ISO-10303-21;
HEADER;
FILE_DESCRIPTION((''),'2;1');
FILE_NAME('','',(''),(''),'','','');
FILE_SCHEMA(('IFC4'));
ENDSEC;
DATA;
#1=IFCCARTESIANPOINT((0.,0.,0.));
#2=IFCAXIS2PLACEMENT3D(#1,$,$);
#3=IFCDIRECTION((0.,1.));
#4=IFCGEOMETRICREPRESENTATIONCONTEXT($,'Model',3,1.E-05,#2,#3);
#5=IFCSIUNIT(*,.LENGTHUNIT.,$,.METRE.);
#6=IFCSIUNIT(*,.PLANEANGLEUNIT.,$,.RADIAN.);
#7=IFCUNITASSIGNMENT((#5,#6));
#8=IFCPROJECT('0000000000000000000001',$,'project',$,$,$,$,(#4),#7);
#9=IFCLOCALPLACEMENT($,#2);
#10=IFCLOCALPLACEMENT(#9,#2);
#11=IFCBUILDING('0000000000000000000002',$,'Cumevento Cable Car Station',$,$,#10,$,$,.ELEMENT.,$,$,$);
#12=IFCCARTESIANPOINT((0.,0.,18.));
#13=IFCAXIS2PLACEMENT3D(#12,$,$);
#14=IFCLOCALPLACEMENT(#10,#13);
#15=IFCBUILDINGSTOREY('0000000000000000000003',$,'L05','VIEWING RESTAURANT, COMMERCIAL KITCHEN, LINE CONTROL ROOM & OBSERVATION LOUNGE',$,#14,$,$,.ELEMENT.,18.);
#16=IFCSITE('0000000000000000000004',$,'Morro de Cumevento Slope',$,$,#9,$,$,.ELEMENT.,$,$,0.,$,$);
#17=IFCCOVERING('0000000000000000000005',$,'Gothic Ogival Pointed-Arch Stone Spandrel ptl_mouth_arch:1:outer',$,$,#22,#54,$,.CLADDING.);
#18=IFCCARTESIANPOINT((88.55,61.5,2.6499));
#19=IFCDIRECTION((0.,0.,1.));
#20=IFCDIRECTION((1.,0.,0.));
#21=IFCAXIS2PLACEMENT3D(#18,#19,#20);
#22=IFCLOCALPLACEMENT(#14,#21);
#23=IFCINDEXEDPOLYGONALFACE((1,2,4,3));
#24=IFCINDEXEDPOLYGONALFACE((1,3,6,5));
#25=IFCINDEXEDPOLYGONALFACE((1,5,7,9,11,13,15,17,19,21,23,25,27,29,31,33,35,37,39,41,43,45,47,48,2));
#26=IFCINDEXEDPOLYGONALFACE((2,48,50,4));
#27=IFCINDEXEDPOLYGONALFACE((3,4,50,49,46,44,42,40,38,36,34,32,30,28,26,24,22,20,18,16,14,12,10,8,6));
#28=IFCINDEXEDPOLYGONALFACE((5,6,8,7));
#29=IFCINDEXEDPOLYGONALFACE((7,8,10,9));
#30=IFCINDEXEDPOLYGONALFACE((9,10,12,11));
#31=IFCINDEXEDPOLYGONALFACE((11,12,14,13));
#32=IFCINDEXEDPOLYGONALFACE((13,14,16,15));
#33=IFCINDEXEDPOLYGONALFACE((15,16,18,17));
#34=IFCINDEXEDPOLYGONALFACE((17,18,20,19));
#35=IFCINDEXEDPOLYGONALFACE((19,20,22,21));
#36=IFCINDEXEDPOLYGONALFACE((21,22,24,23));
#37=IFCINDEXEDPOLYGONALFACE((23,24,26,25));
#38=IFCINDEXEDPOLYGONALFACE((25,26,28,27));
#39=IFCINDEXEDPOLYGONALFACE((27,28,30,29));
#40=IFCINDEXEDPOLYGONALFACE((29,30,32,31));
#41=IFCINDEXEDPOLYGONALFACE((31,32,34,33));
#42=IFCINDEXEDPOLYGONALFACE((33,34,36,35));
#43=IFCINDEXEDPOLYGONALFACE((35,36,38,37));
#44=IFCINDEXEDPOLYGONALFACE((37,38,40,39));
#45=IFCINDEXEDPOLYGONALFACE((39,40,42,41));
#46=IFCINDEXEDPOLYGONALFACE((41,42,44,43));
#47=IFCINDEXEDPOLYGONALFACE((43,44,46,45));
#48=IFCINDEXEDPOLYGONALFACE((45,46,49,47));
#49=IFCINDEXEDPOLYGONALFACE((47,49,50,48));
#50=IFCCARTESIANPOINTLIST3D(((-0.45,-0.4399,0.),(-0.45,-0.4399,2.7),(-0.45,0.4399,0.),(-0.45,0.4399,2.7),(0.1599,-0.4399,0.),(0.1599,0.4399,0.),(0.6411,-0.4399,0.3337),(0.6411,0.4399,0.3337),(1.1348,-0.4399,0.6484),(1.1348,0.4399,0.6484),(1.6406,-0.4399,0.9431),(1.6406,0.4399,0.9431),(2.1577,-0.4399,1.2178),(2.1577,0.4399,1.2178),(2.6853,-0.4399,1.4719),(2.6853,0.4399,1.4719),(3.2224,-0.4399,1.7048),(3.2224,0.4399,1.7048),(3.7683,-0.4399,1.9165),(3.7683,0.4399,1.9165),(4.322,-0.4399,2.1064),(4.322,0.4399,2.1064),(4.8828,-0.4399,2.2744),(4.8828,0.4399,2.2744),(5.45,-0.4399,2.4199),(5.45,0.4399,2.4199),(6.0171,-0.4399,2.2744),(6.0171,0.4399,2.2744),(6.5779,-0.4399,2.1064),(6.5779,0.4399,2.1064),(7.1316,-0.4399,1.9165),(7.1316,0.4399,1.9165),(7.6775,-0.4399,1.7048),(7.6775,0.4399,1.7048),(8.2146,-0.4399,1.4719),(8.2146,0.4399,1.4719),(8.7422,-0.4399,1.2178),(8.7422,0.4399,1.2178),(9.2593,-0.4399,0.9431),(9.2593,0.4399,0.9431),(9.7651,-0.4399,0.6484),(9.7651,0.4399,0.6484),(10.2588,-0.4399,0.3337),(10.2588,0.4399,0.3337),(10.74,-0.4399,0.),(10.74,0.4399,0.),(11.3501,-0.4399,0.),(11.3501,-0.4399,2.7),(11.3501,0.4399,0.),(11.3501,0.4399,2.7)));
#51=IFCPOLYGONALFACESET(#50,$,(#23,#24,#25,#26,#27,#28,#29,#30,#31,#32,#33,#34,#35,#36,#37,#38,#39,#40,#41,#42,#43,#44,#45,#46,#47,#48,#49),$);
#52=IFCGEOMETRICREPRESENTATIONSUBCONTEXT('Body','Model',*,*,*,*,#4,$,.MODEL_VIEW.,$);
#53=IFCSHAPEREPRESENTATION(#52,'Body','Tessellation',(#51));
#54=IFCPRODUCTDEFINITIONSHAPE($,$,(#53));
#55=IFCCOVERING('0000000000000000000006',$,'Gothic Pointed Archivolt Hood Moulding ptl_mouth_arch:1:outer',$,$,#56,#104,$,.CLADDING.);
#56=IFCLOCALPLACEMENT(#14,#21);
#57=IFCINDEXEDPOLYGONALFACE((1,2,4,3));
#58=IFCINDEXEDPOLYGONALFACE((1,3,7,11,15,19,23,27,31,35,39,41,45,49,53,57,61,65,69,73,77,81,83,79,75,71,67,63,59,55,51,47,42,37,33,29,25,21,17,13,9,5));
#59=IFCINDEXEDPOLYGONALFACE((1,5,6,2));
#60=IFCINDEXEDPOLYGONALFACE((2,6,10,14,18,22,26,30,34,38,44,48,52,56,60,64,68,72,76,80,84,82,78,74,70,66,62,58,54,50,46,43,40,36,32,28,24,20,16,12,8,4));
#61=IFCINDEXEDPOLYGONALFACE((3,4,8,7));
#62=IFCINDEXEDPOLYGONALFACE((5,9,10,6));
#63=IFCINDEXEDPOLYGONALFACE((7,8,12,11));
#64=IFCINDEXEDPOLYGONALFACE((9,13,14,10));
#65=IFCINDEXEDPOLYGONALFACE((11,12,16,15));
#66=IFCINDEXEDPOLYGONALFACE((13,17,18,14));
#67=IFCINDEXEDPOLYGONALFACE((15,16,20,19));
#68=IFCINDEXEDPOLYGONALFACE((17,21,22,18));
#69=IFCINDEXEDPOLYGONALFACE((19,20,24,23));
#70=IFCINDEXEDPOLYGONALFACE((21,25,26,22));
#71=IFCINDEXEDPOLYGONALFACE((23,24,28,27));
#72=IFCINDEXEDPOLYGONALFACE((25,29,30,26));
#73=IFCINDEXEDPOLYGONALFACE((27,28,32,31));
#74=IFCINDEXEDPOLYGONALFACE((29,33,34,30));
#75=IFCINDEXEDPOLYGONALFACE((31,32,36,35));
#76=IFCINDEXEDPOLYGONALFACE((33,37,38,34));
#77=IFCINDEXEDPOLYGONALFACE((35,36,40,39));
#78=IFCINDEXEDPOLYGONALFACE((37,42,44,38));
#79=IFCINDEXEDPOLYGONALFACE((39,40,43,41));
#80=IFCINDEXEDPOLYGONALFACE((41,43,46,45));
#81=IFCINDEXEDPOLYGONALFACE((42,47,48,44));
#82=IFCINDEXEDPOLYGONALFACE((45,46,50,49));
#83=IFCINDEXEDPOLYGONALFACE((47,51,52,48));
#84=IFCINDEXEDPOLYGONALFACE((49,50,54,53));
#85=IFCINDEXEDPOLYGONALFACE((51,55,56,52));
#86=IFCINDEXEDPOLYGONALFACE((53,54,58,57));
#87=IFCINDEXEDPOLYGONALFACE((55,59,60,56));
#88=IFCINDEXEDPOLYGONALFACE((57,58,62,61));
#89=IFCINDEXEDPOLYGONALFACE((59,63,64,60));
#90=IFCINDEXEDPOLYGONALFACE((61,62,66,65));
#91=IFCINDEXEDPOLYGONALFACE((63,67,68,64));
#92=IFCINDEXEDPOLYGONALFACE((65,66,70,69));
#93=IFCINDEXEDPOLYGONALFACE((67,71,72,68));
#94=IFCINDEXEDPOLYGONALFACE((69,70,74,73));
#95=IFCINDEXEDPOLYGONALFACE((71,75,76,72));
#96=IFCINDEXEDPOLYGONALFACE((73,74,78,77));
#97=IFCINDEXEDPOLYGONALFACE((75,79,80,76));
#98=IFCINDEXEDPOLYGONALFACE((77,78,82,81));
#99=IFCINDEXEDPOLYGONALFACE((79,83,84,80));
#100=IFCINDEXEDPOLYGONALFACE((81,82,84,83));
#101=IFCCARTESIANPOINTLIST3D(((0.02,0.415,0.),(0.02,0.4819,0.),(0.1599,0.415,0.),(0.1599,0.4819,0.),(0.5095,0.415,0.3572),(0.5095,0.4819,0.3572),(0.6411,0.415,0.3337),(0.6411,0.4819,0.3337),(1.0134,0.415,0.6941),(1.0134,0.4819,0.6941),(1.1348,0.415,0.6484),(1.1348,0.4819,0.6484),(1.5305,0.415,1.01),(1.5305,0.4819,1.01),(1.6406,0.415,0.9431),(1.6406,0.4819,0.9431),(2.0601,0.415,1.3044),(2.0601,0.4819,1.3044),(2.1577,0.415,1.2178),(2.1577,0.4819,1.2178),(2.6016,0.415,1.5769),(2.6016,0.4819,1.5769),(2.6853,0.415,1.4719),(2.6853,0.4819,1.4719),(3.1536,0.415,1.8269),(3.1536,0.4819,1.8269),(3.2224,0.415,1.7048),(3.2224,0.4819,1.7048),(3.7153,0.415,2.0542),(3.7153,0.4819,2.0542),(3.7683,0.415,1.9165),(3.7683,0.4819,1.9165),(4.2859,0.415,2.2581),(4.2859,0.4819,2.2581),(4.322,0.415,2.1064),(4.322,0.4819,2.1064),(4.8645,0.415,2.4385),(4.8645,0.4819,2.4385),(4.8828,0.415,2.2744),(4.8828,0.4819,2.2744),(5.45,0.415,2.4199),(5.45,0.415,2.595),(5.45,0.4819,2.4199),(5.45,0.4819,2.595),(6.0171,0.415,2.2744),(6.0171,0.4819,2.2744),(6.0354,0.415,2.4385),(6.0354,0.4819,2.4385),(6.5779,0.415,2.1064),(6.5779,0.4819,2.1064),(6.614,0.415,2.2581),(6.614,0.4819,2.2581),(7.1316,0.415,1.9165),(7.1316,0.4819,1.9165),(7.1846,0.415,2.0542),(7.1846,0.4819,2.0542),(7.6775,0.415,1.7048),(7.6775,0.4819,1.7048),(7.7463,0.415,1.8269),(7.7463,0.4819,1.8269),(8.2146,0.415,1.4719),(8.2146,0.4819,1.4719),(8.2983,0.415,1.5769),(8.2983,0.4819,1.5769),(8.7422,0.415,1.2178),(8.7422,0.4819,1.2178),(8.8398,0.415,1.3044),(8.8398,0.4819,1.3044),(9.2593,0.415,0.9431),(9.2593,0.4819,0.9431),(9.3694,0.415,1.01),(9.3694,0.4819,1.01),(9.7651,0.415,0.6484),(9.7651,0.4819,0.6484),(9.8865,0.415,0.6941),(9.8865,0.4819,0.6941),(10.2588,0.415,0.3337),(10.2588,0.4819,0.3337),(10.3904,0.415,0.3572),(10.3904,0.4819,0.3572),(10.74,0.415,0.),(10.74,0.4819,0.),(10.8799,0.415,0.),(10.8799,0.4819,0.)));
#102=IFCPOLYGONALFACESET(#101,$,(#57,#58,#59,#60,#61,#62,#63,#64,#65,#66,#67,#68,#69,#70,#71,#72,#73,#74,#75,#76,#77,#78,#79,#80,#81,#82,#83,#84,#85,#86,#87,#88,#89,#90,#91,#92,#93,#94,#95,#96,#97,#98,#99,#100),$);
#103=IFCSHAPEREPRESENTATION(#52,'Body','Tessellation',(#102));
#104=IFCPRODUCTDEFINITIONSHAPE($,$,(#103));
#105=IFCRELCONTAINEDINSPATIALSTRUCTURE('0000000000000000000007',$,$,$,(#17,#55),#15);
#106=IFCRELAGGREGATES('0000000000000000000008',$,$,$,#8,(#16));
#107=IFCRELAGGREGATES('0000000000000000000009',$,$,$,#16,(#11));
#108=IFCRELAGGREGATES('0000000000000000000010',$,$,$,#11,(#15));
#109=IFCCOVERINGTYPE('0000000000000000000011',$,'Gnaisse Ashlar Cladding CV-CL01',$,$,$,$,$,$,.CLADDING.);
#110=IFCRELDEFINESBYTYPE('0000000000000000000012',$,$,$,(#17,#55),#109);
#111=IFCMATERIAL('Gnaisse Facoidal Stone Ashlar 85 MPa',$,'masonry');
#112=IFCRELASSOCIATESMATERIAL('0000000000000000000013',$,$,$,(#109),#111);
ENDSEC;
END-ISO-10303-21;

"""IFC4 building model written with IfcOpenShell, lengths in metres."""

from ifc_helpers import new_model, si_unit, direction, frame, origin, place, context, subcontext, project, spatial, polyline, outline, extrude, material, type_object, element, save


model = new_model("IFC4")

# Units and contexts
model_context = context("Model", 3, precision=1e-05, world=origin(), true_north=direction((0.0, 1.0)))
body_context = subcontext(model_context, "Body", "Model", "MODEL_VIEW")
ifc_project = project(units=[si_unit("LENGTHUNIT", "METRE"), si_unit("PLANEANGLEUNIT", "RADIAN")], contexts=[model_context])

# Site, building, storey
site_placement = place(None, origin())
site = spatial("IfcSite", under=ifc_project, at=site_placement, Name="Morro de Cumevento Slope", CompositionType="ELEMENT", RefElevation=0.0)
building_placement = place(site_placement, origin())
building = spatial("IfcBuilding", under=site, at=building_placement, Name="Cumevento Cable Car Station", CompositionType="ELEMENT")
storey_placement = place(building_placement, frame((0.0, 0.0, 18.0)))
storey = spatial("IfcBuildingStorey", under=building, at=storey_placement, Name="L05", Description="VIEWING RESTAURANT, COMMERCIAL KITCHEN, LINE CONTROL ROOM & OBSERVATION LOUNGE", CompositionType="ELEMENT", Elevation=18.0)

# Coverings
ifc_material_1 = material(Name="Gnaisse Facoidal Stone Ashlar 85 MPa", Category="masonry")
covering_type = type_object("IfcCoveringType", Name="Gnaisse Ashlar Cladding CV-CL01", PredefinedType="CLADDING", material=ifc_material_1)
covering_1_placement = place(storey_placement, frame((88.55, 61.5, 2.6499), z_axis=(0.0, 0.0, 1.0), x_axis=(1.0, 0.0, 0.0)))
element("IfcCovering", 1, at=covering_1_placement, inside=storey, type_object=covering_type, Name="Gothic Ogival Pointed-Arch Stone Spandrel ptl_mouth_arch:1:outer", PredefinedType="CLADDING", context=body_context, shape_type="SweptSolid", body=[
    extrude(outline(polyline([(-0.45, 0.0), (-0.45, 2.7), (11.3501, 2.7), (11.3501, 0.0), (10.74, 0.0), (10.2588, 0.3337), (9.7651, 0.6484), (9.2593, 0.9431), (8.7422, 1.2178), (8.2146, 1.4719), (7.6775, 1.7048), (7.1316, 1.9165), (6.5779, 2.1064), (6.0171, 2.2744), (5.45, 2.4199), (4.8828, 2.2744), (4.322, 2.1064), (3.7683, 1.9165), (3.2224, 1.7048), (2.6853, 1.4719), (2.1577, 1.2178), (1.6406, 0.9431), (1.1348, 0.6484), (0.6411, 0.3337), (0.1599, 0.0), (-0.45, 0.0)])), frame((0.0, 0.4399, 0.0), z_axis=(0.0, -1.0, 0.0), x_axis=(1.0, 0.0, 0.0)), (0.0, 0.0, 1.0), 0.8799),
])
covering_2_placement = place(storey_placement, frame((88.55, 61.5, 2.6499), z_axis=(0.0, 0.0, 1.0), x_axis=(1.0, 0.0, 0.0)))
element("IfcCovering", 2, at=covering_2_placement, inside=storey, type_object=covering_type, Name="Gothic Pointed Archivolt Hood Moulding ptl_mouth_arch:1:outer", PredefinedType="CLADDING", context=body_context, shape_type="SweptSolid", body=[
    extrude(outline(polyline([(0.1599, 0.0), (0.6411, 0.3337), (1.1348, 0.6484), (1.6406, 0.9431), (2.1577, 1.2178), (2.6853, 1.4719), (3.2224, 1.7048), (3.7683, 1.9165), (4.322, 2.1064), (4.8828, 2.2744), (5.45, 2.4199), (6.0171, 2.2744), (6.5779, 2.1064), (7.1316, 1.9165), (7.6775, 1.7048), (8.2146, 1.4719), (8.7422, 1.2178), (9.2593, 0.9431), (9.7651, 0.6484), (10.2588, 0.3337), (10.74, 0.0), (10.8799, 0.0), (10.3904, 0.3572), (9.8865, 0.6941), (9.3694, 1.01), (8.8398, 1.3044), (8.2983, 1.5769), (7.7463, 1.8269), (7.1846, 2.0542), (6.614, 2.2581), (6.0354, 2.4385), (5.45, 2.595), (4.8645, 2.4385), (4.2859, 2.2581), (3.7153, 2.0542), (3.1536, 1.8269), (2.6016, 1.5769), (2.0601, 1.3044), (1.5305, 1.01), (1.0134, 0.6941), (0.5095, 0.3572), (0.02, 0.0), (0.1599, 0.0)])), frame((0.0, 0.4819, 0.0), z_axis=(0.0, -1.0, 0.0), x_axis=(1.0, 0.0, 0.0)), (0.0, 0.0, 1.0), 0.0669),
])

save(model, "model.ifc")
